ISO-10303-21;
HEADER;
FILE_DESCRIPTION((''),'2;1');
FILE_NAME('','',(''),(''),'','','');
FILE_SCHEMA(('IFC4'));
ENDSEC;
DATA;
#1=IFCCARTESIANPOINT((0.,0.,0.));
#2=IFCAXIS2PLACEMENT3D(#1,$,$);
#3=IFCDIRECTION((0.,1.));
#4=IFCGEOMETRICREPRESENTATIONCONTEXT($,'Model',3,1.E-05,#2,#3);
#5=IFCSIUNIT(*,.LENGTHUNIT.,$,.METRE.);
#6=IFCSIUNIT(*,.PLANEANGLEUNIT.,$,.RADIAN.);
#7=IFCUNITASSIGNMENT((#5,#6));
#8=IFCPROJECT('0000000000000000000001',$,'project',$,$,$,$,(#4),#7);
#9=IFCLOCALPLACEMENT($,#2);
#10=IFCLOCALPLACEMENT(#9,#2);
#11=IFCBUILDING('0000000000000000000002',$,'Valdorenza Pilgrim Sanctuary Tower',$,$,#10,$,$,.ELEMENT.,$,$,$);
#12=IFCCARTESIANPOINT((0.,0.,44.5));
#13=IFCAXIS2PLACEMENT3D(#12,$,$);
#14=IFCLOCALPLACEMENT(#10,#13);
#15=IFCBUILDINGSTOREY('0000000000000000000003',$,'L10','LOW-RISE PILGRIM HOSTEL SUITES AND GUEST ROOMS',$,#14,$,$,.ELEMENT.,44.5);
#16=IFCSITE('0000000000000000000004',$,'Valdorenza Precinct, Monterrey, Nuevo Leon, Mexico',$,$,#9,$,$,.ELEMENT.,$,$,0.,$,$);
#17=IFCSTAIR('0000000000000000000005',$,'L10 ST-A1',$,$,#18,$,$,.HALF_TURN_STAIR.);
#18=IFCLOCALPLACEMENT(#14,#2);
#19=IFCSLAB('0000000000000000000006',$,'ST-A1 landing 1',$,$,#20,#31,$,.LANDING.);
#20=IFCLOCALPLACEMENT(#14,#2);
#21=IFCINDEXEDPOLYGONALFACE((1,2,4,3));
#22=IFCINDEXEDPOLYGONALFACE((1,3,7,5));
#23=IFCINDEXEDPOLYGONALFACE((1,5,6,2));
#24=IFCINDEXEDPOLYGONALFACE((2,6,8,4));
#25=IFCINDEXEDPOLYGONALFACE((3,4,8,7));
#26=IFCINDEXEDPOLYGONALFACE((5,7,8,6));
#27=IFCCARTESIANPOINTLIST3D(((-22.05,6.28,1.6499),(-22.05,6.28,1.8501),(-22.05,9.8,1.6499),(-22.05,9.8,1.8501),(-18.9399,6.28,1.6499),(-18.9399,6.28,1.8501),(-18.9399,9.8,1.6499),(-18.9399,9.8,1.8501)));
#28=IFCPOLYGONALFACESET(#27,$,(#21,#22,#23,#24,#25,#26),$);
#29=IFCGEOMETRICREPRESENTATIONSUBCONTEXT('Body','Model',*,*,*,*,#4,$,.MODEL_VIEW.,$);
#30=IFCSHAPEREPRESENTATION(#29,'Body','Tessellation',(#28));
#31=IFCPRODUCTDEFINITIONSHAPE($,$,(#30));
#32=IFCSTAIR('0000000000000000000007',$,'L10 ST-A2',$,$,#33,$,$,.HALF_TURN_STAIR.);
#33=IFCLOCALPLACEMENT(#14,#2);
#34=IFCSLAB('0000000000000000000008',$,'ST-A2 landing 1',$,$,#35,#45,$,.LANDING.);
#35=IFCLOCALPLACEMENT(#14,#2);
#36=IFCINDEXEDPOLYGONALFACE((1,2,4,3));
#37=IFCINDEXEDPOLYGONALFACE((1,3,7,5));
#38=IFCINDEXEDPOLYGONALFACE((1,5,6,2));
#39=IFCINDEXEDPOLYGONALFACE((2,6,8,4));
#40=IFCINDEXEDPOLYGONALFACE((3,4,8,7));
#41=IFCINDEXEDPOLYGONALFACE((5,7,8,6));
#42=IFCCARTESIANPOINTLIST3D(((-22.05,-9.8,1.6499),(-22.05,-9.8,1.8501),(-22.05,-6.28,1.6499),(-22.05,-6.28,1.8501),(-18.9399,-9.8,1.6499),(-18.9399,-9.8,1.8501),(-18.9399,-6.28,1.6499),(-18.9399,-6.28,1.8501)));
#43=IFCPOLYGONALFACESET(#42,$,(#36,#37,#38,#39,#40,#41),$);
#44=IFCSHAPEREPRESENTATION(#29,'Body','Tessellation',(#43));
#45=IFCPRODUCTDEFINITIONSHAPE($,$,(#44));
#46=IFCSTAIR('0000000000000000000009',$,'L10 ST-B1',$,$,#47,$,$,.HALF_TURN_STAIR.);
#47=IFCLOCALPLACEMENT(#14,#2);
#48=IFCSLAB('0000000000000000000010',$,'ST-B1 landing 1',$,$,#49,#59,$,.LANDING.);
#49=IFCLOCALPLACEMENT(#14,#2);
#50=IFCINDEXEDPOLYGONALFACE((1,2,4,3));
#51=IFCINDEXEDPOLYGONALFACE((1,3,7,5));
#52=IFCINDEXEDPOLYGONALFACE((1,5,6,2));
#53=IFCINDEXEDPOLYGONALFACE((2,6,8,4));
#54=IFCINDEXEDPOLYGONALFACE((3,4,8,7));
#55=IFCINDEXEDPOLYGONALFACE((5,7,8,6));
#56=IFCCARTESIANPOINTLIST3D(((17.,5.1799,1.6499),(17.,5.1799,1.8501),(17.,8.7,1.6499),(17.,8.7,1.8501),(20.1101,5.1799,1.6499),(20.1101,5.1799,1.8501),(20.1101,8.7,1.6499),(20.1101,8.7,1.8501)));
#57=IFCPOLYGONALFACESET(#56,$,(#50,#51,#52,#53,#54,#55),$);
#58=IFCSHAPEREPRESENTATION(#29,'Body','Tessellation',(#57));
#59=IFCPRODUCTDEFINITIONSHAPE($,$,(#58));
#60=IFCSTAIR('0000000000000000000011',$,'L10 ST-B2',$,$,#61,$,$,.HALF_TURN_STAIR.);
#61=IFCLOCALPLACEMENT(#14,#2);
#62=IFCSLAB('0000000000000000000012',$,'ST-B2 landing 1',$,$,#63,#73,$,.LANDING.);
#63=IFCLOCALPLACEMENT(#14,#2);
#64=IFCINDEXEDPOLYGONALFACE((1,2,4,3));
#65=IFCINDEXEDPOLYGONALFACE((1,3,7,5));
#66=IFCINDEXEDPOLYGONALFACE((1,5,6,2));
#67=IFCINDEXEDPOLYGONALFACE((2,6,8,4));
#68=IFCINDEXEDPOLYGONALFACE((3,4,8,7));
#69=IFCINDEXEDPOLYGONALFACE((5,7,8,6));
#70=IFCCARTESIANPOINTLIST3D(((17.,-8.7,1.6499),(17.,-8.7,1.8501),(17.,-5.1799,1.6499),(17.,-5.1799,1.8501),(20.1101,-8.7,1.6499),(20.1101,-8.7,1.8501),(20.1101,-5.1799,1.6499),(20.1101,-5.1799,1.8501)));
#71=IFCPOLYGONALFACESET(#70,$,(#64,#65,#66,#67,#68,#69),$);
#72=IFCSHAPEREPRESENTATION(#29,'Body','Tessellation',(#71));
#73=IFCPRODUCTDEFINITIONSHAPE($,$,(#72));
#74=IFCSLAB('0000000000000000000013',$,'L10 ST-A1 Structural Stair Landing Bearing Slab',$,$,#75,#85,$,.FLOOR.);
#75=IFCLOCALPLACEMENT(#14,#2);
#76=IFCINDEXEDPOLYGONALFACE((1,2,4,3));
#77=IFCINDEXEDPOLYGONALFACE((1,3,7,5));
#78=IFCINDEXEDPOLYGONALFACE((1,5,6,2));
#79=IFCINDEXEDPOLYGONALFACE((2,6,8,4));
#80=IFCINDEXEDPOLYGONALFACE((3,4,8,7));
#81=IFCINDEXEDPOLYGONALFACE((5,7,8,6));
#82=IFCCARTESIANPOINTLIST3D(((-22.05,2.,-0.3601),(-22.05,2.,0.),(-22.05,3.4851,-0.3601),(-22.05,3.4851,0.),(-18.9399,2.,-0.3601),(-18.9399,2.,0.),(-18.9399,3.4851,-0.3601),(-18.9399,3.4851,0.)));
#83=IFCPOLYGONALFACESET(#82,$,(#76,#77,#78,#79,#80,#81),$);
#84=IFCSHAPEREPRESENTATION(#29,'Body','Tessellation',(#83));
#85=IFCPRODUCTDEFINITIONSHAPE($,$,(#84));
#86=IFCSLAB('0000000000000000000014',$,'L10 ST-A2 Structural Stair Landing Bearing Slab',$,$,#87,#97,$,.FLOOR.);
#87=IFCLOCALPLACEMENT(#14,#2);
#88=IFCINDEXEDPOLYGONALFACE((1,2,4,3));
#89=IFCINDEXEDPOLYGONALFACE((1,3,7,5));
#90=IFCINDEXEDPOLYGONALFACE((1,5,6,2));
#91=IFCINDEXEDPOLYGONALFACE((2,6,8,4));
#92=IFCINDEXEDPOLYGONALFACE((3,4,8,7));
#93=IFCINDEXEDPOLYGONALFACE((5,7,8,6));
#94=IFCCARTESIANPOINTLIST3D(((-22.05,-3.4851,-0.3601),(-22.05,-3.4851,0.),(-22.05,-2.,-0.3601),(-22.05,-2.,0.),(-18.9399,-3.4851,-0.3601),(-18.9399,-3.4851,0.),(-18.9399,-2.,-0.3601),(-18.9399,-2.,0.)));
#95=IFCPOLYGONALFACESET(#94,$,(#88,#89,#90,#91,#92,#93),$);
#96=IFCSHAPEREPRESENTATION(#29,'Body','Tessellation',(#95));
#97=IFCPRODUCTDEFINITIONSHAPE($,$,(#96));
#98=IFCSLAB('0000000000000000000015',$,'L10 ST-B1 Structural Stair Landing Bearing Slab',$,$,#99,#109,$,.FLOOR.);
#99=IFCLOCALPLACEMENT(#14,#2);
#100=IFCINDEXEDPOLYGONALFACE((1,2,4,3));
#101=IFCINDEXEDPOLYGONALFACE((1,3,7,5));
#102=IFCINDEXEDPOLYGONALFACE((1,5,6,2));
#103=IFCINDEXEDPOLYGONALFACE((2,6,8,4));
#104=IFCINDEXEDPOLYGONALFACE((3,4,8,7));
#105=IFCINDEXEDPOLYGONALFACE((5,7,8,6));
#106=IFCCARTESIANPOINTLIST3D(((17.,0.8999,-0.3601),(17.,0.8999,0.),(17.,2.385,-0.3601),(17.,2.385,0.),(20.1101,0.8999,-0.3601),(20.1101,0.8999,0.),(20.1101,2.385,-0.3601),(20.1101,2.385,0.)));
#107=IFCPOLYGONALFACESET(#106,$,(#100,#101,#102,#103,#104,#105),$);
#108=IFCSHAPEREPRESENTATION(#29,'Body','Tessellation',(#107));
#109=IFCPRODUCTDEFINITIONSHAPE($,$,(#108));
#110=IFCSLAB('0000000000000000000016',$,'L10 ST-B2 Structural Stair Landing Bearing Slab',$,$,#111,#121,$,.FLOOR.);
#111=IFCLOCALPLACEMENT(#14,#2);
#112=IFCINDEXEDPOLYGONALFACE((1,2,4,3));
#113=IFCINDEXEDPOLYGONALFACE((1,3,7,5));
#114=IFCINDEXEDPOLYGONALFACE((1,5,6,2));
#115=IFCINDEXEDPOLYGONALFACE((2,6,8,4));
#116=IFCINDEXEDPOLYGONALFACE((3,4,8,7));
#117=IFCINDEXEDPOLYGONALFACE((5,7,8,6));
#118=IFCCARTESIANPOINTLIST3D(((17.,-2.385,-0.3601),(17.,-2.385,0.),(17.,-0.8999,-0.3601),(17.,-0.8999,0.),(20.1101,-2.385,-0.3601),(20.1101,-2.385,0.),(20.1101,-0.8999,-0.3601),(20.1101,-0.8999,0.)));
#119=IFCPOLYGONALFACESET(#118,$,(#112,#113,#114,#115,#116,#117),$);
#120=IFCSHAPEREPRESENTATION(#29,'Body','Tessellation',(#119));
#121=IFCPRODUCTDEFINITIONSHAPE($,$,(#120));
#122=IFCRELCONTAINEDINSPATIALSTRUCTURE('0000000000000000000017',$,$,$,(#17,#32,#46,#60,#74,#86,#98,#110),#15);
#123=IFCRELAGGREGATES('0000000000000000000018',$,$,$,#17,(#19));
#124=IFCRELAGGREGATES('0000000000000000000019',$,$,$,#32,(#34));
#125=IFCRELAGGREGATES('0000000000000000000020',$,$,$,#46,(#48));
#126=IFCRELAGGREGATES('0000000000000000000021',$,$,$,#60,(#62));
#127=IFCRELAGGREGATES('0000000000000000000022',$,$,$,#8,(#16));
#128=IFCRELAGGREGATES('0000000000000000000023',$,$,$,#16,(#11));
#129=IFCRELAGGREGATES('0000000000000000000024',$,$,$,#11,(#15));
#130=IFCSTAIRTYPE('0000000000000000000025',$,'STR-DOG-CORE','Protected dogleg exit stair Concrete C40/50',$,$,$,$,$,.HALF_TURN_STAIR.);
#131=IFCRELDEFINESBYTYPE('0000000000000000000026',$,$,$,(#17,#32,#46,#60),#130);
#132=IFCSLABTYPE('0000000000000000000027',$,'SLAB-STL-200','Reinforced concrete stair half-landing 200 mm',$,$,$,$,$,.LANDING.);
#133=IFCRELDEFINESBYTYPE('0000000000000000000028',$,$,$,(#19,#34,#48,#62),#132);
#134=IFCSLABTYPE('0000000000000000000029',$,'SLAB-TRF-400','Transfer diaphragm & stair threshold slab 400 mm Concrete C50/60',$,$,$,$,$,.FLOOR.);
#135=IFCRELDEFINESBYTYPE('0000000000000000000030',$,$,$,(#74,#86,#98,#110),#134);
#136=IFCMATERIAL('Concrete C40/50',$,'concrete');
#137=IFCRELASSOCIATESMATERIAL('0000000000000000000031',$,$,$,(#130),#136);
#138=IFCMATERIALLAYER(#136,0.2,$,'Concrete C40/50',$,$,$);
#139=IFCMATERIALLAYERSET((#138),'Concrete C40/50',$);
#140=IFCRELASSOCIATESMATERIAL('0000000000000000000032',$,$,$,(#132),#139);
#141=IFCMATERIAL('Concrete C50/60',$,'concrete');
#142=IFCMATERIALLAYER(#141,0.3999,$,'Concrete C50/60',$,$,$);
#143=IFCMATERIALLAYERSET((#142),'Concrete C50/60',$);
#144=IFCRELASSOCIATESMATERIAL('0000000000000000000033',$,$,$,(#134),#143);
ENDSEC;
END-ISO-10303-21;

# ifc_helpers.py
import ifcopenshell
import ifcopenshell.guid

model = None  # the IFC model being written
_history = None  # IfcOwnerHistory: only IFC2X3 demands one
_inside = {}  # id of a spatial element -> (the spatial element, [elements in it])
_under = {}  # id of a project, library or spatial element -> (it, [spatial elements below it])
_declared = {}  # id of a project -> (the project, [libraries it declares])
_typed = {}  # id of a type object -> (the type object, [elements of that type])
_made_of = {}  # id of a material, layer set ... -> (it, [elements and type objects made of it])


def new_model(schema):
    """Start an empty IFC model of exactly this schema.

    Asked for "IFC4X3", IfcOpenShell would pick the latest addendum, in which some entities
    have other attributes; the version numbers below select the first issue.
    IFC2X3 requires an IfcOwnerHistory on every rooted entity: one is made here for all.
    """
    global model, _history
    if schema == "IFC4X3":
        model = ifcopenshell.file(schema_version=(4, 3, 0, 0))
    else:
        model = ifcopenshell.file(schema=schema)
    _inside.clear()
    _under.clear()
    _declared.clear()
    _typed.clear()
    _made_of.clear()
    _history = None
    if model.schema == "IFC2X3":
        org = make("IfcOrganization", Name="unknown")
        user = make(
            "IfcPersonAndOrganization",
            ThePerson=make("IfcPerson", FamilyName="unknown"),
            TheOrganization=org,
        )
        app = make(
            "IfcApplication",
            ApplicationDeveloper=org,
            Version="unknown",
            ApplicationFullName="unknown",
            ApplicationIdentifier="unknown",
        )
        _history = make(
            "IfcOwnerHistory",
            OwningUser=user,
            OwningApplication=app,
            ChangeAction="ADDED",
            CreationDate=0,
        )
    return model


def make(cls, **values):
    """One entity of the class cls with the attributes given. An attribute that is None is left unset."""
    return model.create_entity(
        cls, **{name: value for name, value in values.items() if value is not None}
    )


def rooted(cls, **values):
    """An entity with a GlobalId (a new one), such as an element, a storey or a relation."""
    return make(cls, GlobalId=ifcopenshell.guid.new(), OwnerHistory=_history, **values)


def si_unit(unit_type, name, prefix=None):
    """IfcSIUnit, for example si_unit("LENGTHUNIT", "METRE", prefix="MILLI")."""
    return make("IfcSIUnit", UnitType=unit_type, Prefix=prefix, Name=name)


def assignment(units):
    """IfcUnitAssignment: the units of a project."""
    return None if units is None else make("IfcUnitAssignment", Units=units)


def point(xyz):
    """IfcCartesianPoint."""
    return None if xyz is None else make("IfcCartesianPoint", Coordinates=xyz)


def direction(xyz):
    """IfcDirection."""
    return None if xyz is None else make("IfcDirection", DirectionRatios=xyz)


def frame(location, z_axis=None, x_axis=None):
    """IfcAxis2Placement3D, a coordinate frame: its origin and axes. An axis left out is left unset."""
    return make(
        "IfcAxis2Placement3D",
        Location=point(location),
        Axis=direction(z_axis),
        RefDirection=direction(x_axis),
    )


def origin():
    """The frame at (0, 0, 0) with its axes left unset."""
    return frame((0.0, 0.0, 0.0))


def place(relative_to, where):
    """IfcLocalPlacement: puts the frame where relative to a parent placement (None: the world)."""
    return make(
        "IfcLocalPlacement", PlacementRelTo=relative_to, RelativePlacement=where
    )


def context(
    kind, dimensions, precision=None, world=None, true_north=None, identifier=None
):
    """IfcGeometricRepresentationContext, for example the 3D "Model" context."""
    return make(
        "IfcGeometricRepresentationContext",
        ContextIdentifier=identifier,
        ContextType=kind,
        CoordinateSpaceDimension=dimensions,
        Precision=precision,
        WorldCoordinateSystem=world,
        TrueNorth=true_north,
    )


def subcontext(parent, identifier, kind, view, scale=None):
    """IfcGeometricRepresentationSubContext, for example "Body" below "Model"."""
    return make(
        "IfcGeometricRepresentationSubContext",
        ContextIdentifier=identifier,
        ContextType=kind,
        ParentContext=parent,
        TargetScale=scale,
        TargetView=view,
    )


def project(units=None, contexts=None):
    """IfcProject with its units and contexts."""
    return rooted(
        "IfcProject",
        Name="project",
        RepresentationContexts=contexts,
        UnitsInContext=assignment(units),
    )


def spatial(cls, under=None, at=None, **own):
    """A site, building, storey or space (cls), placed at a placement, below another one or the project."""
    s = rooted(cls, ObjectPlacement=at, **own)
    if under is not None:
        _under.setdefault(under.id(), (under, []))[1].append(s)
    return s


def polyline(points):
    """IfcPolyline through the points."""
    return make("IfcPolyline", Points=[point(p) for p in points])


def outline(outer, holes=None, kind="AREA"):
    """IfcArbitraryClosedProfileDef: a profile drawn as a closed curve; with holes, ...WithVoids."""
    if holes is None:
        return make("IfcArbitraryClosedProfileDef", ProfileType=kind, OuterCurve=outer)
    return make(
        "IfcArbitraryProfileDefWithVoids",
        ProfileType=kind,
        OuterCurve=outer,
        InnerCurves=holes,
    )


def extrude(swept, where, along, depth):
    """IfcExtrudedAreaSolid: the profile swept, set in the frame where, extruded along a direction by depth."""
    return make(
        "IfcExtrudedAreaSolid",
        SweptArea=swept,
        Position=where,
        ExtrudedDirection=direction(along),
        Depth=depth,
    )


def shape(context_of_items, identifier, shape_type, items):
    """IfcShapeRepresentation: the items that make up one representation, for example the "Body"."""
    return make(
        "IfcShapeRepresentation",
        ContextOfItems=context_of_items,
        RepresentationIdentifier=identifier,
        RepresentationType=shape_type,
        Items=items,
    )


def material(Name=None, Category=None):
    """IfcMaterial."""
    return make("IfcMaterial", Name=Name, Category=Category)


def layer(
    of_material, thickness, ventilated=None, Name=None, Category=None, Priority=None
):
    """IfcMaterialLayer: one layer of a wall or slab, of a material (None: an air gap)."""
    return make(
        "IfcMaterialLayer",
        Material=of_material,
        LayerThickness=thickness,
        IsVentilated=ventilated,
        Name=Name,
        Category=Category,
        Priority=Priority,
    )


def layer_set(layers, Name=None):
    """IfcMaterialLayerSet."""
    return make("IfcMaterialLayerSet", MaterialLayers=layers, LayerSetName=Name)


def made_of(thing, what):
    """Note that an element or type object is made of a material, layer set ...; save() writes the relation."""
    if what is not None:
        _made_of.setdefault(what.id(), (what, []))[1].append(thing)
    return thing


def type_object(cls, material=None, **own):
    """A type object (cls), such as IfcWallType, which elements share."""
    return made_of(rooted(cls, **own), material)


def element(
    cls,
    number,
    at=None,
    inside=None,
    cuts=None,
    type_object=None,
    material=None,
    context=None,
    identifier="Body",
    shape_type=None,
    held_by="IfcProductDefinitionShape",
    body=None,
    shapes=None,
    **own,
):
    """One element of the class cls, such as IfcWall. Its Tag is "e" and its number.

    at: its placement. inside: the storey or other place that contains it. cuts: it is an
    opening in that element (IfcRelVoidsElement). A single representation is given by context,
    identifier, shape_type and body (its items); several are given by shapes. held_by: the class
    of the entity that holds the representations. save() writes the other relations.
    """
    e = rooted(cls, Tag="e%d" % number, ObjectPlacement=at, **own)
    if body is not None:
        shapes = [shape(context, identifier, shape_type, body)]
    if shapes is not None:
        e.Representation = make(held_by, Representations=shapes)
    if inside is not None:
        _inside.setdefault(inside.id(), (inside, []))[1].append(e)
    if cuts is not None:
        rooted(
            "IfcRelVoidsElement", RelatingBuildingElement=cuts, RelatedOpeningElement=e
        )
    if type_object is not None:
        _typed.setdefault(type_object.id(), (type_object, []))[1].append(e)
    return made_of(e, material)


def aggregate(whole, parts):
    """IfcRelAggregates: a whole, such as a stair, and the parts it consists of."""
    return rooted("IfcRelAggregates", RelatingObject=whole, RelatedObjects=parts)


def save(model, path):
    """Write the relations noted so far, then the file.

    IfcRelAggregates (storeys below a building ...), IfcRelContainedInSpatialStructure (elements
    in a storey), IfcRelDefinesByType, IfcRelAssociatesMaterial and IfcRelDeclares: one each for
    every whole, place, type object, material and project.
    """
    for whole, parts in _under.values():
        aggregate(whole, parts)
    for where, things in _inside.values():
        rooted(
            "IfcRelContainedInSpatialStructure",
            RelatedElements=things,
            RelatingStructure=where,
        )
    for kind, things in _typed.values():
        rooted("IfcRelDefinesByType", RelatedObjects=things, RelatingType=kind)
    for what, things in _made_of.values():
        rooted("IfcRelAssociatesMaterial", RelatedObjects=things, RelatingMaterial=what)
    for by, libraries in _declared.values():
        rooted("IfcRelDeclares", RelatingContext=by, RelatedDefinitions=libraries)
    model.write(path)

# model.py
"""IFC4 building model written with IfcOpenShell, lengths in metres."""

from ifc_helpers import new_model, si_unit, direction, frame, origin, place, context, subcontext, project, spatial, polyline, outline, extrude, material, layer, layer_set, type_object, element, aggregate, save


model = new_model("IFC4")

# Units and contexts
model_context = context("Model", 3, precision=1e-05, world=origin(), true_north=direction((0.0, 1.0)))
body_context = subcontext(model_context, "Body", "Model", "MODEL_VIEW")
ifc_project = project(units=[si_unit("LENGTHUNIT", "METRE"), si_unit("PLANEANGLEUNIT", "RADIAN")], contexts=[model_context])

# Site, building, storey
site_placement = place(None, origin())
site = spatial("IfcSite", under=ifc_project, at=site_placement, Name="Valdorenza Precinct, Monterrey, Nuevo Leon, Mexico", CompositionType="ELEMENT", RefElevation=0.0)
building_placement = place(site_placement, origin())
building = spatial("IfcBuilding", under=site, at=building_placement, Name="Valdorenza Pilgrim Sanctuary Tower", CompositionType="ELEMENT")
storey_placement = place(building_placement, frame((0.0, 0.0, 44.5)))
storey = spatial("IfcBuildingStorey", under=building, at=storey_placement, Name="L10", Description="LOW-RISE PILGRIM HOSTEL SUITES AND GUEST ROOMS", CompositionType="ELEMENT", Elevation=44.5)

# Shared definitions
ifc_material_1 = material(Name="Concrete C40/50", Category="concrete")

# Stairs, slabs
stair_type = type_object("IfcStairType", Name="STR-DOG-CORE", Description="Protected dogleg exit stair Concrete C40/50", PredefinedType="HALF_TURN_STAIR", material=ifc_material_1)
stair_1_placement = place(storey_placement, origin())
stair_1 = element("IfcStair", 1, at=stair_1_placement, inside=storey, type_object=stair_type, Name="L10 ST-A1", PredefinedType="HALF_TURN_STAIR")
ifc_layer_1 = layer(ifc_material_1, 0.2, Name="Concrete C40/50")
ifc_layer_set_1 = layer_set([ifc_layer_1], Name="Concrete C40/50")
slab_type_1 = type_object("IfcSlabType", Name="SLAB-STL-200", Description="Reinforced concrete stair half-landing 200 mm", PredefinedType="LANDING", material=ifc_layer_set_1)
slab_1_placement = place(storey_placement, frame((0.0, 0.0, 1.6499)))
slab_1 = element("IfcSlab", 2, at=slab_1_placement, type_object=slab_type_1, Name="ST-A1 landing 1", PredefinedType="LANDING", context=body_context, shape_type="SweptSolid", body=[
    extrude(outline(polyline([(-18.9399, 6.28), (-18.9399, 9.8), (-22.05, 9.8), (-22.05, 6.28), (-18.9399, 6.28)])), origin(), (0.0, 0.0, 1.0), 0.2002),
])
aggregate(stair_1, [slab_1])
stair_2_placement = place(storey_placement, origin())
stair_2 = element("IfcStair", 3, at=stair_2_placement, inside=storey, type_object=stair_type, Name="L10 ST-A2", PredefinedType="HALF_TURN_STAIR")
slab_2_placement = place(storey_placement, frame((0.0, 0.0, 1.6499)))
slab_2 = element("IfcSlab", 4, at=slab_2_placement, type_object=slab_type_1, Name="ST-A2 landing 1", PredefinedType="LANDING", context=body_context, shape_type="SweptSolid", body=[
    extrude(outline(polyline([(-22.05, -6.28), (-22.05, -9.8), (-18.9399, -9.8), (-18.9399, -6.28), (-22.05, -6.28)])), origin(), (0.0, 0.0, 1.0), 0.2002),
])
aggregate(stair_2, [slab_2])
stair_3_placement = place(storey_placement, origin())
stair_3 = element("IfcStair", 5, at=stair_3_placement, inside=storey, type_object=stair_type, Name="L10 ST-B1", PredefinedType="HALF_TURN_STAIR")
slab_3_placement = place(storey_placement, frame((0.0, 0.0, 1.6499)))
slab_3 = element("IfcSlab", 6, at=slab_3_placement, type_object=slab_type_1, Name="ST-B1 landing 1", PredefinedType="LANDING", context=body_context, shape_type="SweptSolid", body=[
    extrude(outline(polyline([(20.1101, 5.1799), (20.1101, 8.7), (17.0, 8.7), (17.0, 5.1799), (20.1101, 5.1799)])), origin(), (0.0, 0.0, 1.0), 0.2002),
])
aggregate(stair_3, [slab_3])
stair_4_placement = place(storey_placement, origin())
stair_4 = element("IfcStair", 7, at=stair_4_placement, inside=storey, type_object=stair_type, Name="L10 ST-B2", PredefinedType="HALF_TURN_STAIR")
slab_4_placement = place(storey_placement, frame((0.0, 0.0, 1.6499)))
slab_4 = element("IfcSlab", 8, at=slab_4_placement, type_object=slab_type_1, Name="ST-B2 landing 1", PredefinedType="LANDING", context=body_context, shape_type="SweptSolid", body=[
    extrude(outline(polyline([(17.0, -5.1799), (17.0, -8.7), (20.1101, -8.7), (20.1101, -5.1799), (17.0, -5.1799)])), origin(), (0.0, 0.0, 1.0), 0.2002),
])
aggregate(stair_4, [slab_4])

# Slabs
ifc_material_2 = material(Name="Concrete C50/60", Category="concrete")
ifc_layer_2 = layer(ifc_material_2, 0.3999, Name="Concrete C50/60")
ifc_layer_set_2 = layer_set([ifc_layer_2], Name="Concrete C50/60")
slab_type_2 = type_object("IfcSlabType", Name="SLAB-TRF-400", Description="Transfer diaphragm & stair threshold slab 400 mm Concrete C50/60", PredefinedType="FLOOR", material=ifc_layer_set_2)
slab_5_placement = place(storey_placement, frame((0.0, 0.0, -0.3601)))
element("IfcSlab", 9, at=slab_5_placement, inside=storey, type_object=slab_type_2, Name="L10 ST-A1 Structural Stair Landing Bearing Slab", PredefinedType="FLOOR", context=body_context, shape_type="SweptSolid", body=[
    extrude(outline(polyline([(-22.05, 2.0), (-18.9399, 2.0), (-18.9399, 3.4851), (-22.05, 3.4851), (-22.05, 2.0)])), origin(), (0.0, 0.0, 1.0), 0.3601),
])
slab_6_placement = place(storey_placement, frame((0.0, 0.0, -0.3601)))
element("IfcSlab", 10, at=slab_6_placement, inside=storey, type_object=slab_type_2, Name="L10 ST-A2 Structural Stair Landing Bearing Slab", PredefinedType="FLOOR", context=body_context, shape_type="SweptSolid", body=[
    extrude(outline(polyline([(-22.05, -3.4851), (-18.9399, -3.4851), (-18.9399, -2.0), (-22.05, -2.0), (-22.05, -3.4851)])), origin(), (0.0, 0.0, 1.0), 0.3601),
])
slab_7_placement = place(storey_placement, frame((0.0, 0.0, -0.3601)))
element("IfcSlab", 11, at=slab_7_placement, inside=storey, type_object=slab_type_2, Name="L10 ST-B1 Structural Stair Landing Bearing Slab", PredefinedType="FLOOR", context=body_context, shape_type="SweptSolid", body=[
    extrude(outline(polyline([(17.0, 0.8999), (20.1101, 0.8999), (20.1101, 2.385), (17.0, 2.385), (17.0, 0.8999)])), origin(), (0.0, 0.0, 1.0), 0.3601),
])
slab_8_placement = place(storey_placement, frame((0.0, 0.0, -0.3601)))
element("IfcSlab", 12, at=slab_8_placement, inside=storey, type_object=slab_type_2, Name="L10 ST-B2 Structural Stair Landing Bearing Slab", PredefinedType="FLOOR", context=body_context, shape_type="SweptSolid", body=[
    extrude(outline(polyline([(17.0, -2.385), (20.1101, -2.385), (20.1101, -0.8999), (17.0, -0.8999), (17.0, -2.385)])), origin(), (0.0, 0.0, 1.0), 0.3601),
])

save(model, "model.ifc")
